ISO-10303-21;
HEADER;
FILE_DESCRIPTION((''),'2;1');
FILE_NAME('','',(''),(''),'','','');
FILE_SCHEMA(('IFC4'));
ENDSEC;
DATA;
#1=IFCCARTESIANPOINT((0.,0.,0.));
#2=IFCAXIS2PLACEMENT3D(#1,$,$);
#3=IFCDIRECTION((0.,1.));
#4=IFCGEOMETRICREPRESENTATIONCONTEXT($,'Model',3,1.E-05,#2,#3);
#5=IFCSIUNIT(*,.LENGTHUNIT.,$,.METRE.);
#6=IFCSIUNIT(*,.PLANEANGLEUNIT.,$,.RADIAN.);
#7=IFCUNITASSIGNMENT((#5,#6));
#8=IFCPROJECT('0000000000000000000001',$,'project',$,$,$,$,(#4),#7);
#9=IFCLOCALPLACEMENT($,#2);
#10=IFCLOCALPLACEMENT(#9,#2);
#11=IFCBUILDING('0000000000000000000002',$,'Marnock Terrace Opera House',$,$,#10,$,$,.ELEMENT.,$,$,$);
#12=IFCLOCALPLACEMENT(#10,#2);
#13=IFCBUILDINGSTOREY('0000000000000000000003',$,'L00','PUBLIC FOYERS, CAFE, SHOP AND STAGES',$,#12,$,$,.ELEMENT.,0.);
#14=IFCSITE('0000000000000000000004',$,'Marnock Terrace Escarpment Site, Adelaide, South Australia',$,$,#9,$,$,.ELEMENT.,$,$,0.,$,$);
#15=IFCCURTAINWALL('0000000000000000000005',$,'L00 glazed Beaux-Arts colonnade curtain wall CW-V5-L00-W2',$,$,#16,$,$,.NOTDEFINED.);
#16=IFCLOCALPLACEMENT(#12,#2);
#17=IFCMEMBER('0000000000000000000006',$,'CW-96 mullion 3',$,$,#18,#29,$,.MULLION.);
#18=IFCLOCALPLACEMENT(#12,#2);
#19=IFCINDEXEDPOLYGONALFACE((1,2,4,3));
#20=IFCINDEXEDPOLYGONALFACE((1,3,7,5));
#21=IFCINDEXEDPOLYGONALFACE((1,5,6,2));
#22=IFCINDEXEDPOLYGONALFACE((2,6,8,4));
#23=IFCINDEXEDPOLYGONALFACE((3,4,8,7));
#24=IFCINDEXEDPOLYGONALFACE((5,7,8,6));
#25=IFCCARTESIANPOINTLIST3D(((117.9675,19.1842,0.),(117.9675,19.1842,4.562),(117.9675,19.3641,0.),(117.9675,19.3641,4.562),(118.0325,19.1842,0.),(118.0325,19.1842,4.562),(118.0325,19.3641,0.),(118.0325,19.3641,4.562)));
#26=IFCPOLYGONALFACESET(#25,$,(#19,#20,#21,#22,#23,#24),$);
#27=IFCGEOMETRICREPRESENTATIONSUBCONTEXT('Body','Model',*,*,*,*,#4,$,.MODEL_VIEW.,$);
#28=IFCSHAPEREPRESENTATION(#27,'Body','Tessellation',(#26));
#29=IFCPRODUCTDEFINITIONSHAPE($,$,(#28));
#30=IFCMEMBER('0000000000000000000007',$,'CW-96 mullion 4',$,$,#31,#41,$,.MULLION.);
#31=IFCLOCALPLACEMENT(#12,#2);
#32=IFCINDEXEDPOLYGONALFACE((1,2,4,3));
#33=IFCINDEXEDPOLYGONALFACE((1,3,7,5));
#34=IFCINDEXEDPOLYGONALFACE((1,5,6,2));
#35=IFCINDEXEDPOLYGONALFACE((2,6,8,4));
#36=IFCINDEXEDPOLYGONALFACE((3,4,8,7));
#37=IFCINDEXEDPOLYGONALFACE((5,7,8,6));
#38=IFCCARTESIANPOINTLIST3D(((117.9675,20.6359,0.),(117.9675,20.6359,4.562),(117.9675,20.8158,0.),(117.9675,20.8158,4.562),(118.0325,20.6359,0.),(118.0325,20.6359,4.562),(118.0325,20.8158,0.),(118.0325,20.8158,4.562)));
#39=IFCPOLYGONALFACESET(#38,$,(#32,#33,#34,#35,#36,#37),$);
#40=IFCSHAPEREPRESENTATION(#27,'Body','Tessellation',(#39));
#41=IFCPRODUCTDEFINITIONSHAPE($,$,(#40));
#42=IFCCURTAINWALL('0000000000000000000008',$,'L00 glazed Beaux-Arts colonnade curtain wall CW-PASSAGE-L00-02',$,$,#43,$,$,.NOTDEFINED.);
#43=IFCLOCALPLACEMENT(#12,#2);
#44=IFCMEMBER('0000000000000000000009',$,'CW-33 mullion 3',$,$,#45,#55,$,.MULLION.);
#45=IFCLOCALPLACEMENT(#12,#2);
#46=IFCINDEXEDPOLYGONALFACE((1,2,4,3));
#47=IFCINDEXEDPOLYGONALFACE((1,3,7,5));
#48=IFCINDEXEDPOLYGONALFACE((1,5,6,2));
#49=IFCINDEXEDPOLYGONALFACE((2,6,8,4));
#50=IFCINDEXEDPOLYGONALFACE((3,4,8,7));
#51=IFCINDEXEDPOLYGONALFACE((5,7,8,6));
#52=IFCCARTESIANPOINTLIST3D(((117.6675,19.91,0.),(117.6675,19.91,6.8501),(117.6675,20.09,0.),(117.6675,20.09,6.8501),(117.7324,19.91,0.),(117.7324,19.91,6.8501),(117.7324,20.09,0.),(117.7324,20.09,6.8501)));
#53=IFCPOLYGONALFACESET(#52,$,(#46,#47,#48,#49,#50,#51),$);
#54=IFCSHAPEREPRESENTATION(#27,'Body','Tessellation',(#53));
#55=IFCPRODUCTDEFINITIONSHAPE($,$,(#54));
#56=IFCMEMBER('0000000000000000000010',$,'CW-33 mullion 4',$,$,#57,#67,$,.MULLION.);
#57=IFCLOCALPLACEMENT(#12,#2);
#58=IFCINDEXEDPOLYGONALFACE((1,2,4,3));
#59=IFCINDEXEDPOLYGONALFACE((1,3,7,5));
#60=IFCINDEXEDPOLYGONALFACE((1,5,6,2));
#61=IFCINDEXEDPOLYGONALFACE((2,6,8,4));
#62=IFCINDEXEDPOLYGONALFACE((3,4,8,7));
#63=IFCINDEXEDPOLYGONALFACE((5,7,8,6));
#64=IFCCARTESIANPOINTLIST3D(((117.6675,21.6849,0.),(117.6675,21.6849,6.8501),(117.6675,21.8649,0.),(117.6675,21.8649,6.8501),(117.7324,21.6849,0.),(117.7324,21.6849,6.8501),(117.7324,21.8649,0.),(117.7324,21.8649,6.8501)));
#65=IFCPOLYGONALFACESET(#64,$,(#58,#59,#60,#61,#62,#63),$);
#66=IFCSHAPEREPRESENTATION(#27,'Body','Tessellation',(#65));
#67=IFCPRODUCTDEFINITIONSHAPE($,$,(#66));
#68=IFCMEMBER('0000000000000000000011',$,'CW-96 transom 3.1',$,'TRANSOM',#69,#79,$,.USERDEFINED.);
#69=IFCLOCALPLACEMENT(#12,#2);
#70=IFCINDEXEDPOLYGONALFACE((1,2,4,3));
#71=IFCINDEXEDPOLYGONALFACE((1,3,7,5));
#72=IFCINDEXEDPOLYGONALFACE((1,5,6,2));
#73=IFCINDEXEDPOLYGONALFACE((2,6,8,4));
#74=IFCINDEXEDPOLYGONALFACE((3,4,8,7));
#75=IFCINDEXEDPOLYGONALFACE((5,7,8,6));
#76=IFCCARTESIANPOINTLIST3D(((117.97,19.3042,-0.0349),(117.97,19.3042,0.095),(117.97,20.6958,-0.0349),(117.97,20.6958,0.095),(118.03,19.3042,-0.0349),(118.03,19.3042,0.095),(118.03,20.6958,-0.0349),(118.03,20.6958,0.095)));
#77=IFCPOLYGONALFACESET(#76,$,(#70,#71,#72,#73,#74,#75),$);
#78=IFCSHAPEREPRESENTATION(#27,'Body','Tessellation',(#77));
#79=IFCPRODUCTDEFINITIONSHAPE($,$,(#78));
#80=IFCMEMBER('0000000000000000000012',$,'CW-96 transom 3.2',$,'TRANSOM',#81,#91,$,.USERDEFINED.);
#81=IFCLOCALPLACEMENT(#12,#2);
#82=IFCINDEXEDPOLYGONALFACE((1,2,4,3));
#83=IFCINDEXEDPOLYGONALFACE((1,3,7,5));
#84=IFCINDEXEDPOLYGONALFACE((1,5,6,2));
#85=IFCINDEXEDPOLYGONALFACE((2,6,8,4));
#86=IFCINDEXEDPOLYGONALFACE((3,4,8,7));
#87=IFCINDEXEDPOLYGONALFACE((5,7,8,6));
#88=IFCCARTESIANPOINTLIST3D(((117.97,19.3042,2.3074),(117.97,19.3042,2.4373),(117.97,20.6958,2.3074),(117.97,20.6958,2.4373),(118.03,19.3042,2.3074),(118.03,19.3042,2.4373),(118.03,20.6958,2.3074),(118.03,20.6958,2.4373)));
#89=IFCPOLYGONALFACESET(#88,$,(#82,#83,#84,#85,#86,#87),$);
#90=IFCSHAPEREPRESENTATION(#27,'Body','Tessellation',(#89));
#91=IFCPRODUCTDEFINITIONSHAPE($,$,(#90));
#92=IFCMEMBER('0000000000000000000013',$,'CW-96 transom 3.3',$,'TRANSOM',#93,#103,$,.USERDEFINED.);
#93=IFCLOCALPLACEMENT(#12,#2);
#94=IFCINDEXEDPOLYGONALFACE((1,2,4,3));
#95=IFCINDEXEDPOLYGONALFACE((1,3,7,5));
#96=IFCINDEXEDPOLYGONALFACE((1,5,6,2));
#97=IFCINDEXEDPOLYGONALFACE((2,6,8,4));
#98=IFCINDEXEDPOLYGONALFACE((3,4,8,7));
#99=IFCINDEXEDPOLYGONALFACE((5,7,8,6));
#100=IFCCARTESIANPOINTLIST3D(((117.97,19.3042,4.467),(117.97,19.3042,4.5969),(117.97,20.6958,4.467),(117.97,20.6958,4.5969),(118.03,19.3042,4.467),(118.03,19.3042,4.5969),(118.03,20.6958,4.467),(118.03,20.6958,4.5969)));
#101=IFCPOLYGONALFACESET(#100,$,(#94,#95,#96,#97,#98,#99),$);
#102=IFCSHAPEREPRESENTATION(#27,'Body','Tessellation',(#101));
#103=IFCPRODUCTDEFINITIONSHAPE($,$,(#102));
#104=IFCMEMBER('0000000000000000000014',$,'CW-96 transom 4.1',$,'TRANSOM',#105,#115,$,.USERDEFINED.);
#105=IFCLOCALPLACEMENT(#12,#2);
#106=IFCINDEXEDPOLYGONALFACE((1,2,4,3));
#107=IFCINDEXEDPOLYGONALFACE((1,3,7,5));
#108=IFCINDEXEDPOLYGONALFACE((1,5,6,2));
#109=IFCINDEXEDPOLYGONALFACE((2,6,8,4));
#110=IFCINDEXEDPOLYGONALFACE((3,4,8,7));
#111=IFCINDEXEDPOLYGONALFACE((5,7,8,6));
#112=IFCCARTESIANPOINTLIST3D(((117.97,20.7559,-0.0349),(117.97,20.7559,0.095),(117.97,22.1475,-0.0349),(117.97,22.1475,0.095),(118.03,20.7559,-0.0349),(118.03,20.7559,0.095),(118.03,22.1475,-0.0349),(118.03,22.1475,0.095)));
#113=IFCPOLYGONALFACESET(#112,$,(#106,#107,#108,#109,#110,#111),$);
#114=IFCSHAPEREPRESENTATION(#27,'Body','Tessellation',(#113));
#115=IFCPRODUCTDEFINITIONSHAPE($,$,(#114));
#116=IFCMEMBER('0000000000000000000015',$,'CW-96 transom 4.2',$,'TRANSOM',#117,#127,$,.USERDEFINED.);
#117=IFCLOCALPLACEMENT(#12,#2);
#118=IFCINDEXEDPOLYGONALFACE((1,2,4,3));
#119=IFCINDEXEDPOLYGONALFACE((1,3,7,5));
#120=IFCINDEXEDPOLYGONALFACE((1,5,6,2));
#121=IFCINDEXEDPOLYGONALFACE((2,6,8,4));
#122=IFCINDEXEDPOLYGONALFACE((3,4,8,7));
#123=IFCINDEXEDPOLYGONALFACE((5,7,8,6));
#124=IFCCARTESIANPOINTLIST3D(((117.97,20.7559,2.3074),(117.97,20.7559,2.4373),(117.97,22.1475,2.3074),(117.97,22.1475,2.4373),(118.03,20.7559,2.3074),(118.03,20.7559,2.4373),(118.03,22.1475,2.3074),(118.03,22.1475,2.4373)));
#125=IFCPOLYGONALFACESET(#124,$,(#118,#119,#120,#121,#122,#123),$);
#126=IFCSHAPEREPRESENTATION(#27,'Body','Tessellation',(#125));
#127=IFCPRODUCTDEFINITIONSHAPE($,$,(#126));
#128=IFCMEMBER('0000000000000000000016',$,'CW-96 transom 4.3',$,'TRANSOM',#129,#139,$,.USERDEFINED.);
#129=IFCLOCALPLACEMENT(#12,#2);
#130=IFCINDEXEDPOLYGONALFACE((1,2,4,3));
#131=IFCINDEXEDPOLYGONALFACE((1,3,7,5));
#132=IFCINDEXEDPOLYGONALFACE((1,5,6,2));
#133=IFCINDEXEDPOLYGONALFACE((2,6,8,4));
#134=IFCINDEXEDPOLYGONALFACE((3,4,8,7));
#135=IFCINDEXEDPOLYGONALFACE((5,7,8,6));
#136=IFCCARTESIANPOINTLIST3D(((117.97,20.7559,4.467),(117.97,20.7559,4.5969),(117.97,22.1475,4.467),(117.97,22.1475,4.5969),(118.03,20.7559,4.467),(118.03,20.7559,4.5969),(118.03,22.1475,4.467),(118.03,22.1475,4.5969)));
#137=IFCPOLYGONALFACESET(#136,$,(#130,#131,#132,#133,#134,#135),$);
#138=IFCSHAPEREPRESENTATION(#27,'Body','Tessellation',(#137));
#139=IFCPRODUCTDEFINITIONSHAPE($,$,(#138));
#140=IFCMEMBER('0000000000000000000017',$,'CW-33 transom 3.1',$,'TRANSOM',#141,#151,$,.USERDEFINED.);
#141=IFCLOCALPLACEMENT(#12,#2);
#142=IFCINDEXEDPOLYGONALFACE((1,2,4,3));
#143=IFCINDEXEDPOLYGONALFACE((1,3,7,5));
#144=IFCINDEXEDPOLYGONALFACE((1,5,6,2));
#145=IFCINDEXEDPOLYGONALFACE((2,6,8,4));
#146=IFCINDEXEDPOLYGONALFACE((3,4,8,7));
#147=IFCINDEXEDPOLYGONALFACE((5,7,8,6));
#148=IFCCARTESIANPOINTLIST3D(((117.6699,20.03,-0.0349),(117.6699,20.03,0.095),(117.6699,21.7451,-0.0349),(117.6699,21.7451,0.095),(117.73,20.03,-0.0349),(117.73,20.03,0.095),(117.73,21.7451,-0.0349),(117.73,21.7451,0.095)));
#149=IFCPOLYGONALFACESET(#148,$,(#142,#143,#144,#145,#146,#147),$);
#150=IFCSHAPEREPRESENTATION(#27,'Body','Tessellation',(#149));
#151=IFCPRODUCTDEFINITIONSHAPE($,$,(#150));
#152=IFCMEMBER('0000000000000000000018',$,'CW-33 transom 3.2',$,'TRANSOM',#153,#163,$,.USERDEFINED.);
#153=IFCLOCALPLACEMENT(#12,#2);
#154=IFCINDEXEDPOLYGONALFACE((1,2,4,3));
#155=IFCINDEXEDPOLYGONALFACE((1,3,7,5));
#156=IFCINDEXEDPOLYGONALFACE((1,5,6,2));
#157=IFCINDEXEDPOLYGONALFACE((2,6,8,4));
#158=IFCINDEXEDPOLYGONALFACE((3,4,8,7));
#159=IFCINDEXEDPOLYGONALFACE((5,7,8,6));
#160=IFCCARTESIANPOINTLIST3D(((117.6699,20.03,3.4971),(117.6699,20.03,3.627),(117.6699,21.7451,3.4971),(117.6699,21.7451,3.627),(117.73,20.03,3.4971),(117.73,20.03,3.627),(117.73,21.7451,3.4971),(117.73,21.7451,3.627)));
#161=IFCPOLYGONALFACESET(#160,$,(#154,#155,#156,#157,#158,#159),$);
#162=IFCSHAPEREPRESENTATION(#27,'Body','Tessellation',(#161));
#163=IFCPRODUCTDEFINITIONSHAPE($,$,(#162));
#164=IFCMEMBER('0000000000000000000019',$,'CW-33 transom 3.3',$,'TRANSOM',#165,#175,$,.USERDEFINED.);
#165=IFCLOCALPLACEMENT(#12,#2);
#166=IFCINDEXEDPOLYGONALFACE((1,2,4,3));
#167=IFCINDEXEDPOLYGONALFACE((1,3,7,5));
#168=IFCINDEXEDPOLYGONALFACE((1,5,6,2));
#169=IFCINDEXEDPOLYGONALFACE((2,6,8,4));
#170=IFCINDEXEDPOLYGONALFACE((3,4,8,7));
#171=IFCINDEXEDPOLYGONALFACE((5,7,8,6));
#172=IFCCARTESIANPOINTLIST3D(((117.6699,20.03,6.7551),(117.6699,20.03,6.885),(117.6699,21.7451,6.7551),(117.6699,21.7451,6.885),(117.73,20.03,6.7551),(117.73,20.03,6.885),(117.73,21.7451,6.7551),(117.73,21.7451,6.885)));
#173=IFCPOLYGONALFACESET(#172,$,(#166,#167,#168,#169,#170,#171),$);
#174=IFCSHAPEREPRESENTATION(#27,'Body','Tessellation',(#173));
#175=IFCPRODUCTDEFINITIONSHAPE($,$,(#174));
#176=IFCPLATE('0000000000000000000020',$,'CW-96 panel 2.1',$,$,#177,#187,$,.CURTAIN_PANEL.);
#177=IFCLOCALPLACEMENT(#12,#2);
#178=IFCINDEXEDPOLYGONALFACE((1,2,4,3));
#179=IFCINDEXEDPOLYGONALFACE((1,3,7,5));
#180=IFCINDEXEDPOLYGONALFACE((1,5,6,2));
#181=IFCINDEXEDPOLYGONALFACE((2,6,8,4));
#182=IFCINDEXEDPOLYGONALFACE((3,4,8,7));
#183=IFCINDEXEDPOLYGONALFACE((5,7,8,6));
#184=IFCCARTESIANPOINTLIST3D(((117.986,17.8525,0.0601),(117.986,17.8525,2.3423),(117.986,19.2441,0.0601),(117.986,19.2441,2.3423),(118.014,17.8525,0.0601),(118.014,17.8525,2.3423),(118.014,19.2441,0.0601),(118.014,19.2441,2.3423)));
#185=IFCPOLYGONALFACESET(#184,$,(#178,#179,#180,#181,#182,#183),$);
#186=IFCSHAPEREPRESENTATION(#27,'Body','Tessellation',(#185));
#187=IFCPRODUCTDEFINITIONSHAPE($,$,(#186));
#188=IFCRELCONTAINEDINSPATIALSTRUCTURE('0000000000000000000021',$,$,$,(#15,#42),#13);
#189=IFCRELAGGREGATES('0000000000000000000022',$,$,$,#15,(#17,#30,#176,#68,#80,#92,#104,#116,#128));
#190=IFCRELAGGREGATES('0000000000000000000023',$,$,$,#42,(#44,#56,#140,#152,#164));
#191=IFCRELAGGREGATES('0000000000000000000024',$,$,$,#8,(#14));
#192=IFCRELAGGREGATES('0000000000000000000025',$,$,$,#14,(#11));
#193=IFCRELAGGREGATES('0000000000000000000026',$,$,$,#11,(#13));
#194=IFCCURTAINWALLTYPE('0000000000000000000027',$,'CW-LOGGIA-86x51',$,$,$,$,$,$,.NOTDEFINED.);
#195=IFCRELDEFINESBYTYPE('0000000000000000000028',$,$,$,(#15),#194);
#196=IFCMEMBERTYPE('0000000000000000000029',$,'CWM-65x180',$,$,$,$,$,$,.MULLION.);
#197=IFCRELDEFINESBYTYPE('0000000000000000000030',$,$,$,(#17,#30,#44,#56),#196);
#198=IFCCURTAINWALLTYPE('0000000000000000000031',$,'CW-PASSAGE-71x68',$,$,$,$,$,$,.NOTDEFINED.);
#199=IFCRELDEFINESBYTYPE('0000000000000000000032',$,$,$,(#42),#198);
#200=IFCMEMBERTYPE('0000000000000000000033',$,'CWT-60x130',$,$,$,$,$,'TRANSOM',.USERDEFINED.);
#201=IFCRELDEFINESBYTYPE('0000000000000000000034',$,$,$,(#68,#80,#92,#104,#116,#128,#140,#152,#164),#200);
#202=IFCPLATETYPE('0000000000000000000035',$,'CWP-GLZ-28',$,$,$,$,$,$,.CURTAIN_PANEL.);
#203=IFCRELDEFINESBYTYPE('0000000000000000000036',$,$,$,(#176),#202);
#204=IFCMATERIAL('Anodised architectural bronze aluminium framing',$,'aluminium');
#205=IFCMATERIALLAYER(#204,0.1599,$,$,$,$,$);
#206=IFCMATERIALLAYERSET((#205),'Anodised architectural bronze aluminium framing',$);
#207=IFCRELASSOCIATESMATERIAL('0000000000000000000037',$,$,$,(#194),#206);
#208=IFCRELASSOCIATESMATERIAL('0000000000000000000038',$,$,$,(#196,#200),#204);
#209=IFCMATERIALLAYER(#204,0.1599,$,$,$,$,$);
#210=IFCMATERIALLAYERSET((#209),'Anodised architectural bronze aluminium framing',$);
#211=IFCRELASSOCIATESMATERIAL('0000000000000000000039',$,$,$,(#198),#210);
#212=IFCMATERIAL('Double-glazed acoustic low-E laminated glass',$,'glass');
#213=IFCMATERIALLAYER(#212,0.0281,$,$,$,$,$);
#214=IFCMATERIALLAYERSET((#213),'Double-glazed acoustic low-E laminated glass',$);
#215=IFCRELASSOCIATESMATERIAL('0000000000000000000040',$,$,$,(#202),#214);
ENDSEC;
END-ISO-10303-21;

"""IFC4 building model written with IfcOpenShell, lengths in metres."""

from ifc_helpers import new_model, si_unit, direction, frame, origin, origin_2d, place, context, subcontext, project, spatial, rectangle, extrude, material, layer, layer_set, material_profile, profile_set, type_object, element, aggregate, save


model = new_model("IFC4")

# Units and contexts
model_context = context("Model", 3, precision=1e-05, world=origin(), true_north=direction((0.0, 1.0)))
body_context = subcontext(model_context, "Body", "Model", "MODEL_VIEW")
ifc_project = project(units=[si_unit("LENGTHUNIT", "METRE"), si_unit("PLANEANGLEUNIT", "RADIAN")], contexts=[model_context])

# Site, building, storey
site_placement = place(None, origin())
site = spatial("IfcSite", under=ifc_project, at=site_placement, Name="Marnock Terrace Escarpment Site, Adelaide, South Australia", CompositionType="ELEMENT", RefElevation=0.0)
building_placement = place(site_placement, origin())
building = spatial("IfcBuilding", under=site, at=building_placement, Name="Marnock Terrace Opera House", CompositionType="ELEMENT")
storey_placement = place(building_placement, origin())
storey = spatial("IfcBuildingStorey", under=building, at=storey_placement, Name="L00", Description="PUBLIC FOYERS, CAFE, SHOP AND STAGES", CompositionType="ELEMENT", Elevation=0.0)

# Curtain walls, members
ifc_material_1 = material(Name="Anodised architectural bronze aluminium framing", Category="aluminium")
ifc_layer_1 = layer(ifc_material_1, 0.1599)
ifc_layer_set_1 = layer_set([ifc_layer_1], Name="Anodised architectural bronze aluminium framing")
curtain_wall_type_1 = type_object("IfcCurtainWallType", Name="CW-LOGGIA-86x51", PredefinedType="NOTDEFINED", material=ifc_layer_set_1)
curtain_wall_1_placement = place(storey_placement, origin())
curtain_wall_1 = element("IfcCurtainWall", 1, at=curtain_wall_1_placement, inside=storey, type_object=curtain_wall_type_1, Name="L00 glazed Beaux-Arts colonnade curtain wall CW-V5-L00-W2", PredefinedType="NOTDEFINED")
ifc_material_profile_1 = material_profile(ifc_material_1, rectangle(XDim=0.0649, YDim=0.1799, at=origin_2d()))
ifc_profile_set_1 = profile_set([ifc_material_profile_1], Name="Anodised architectural bronze aluminium framing")
member_type_1 = type_object("IfcMemberType", Name="CWM-65x180", PredefinedType="MULLION", material=ifc_profile_set_1)
member_1_placement = place(storey_placement, frame((118.0, 19.2742, 0.0), z_axis=(0.0, 0.0, 1.0), x_axis=(-1.0, 0.0, 0.0)))
member_1 = element("IfcMember", 2, at=member_1_placement, type_object=member_type_1, Name="CW-96 mullion 3", PredefinedType="MULLION", context=body_context, shape_type="SweptSolid", body=[
    extrude(rectangle(XDim=0.0649, YDim=0.1799, at=origin_2d()), origin(), (0.0, 0.0, 1.0), 4.562),
])
member_2_placement = place(storey_placement, frame((118.0, 20.7258, 0.0), z_axis=(0.0, 0.0, 1.0), x_axis=(-1.0, 0.0, 0.0)))
member_2 = element("IfcMember", 3, at=member_2_placement, type_object=member_type_1, Name="CW-96 mullion 4", PredefinedType="MULLION", context=body_context, shape_type="SweptSolid", body=[
    extrude(rectangle(XDim=0.0649, YDim=0.1799, at=origin_2d()), origin(), (0.0, 0.0, 1.0), 4.562),
])
ifc_layer_2 = layer(ifc_material_1, 0.1599)
ifc_layer_set_2 = layer_set([ifc_layer_2], Name="Anodised architectural bronze aluminium framing")
curtain_wall_type_2 = type_object("IfcCurtainWallType", Name="CW-PASSAGE-71x68", PredefinedType="NOTDEFINED", material=ifc_layer_set_2)
curtain_wall_2_placement = place(storey_placement, origin())
curtain_wall_2 = element("IfcCurtainWall", 4, at=curtain_wall_2_placement, inside=storey, type_object=curtain_wall_type_2, Name="L00 glazed Beaux-Arts colonnade curtain wall CW-PASSAGE-L00-02", PredefinedType="NOTDEFINED")
member_3_placement = place(storey_placement, frame((117.7, 20.0, 0.0), z_axis=(0.0, 0.0, 1.0), x_axis=(-1.0, 0.0, 0.0)))
member_3 = element("IfcMember", 5, at=member_3_placement, type_object=member_type_1, Name="CW-33 mullion 3", PredefinedType="MULLION", context=body_context, shape_type="SweptSolid", body=[
    extrude(rectangle(XDim=0.0649, YDim=0.1799, at=origin_2d()), origin(), (0.0, 0.0, 1.0), 6.8501),
])
member_4_placement = place(storey_placement, frame((117.7, 21.7749, 0.0), z_axis=(0.0, 0.0, 1.0), x_axis=(-1.0, 0.0, 0.0)))
member_4 = element("IfcMember", 6, at=member_4_placement, type_object=member_type_1, Name="CW-33 mullion 4", PredefinedType="MULLION", context=body_context, shape_type="SweptSolid", body=[
    extrude(rectangle(XDim=0.0649, YDim=0.1799, at=origin_2d()), origin(), (0.0, 0.0, 1.0), 6.8501),
])

# Members
ifc_material_profile_2 = material_profile(ifc_material_1, rectangle(XDim=0.0601, YDim=0.1299, at=origin_2d()))
ifc_profile_set_2 = profile_set([ifc_material_profile_2], Name="Anodised architectural bronze aluminium framing")
member_type_2 = type_object("IfcMemberType", Name="CWT-60x130", ElementType="TRANSOM", PredefinedType="USERDEFINED", material=ifc_profile_set_2)
member_5_placement = place(storey_placement, frame((118.0, 19.3042, 0.03), z_axis=(0.0, 1.0, 0.0), x_axis=(-1.0, 0.0, 0.0)))
member_5 = element("IfcMember", 7, at=member_5_placement, type_object=member_type_2, Name="CW-96 transom 3.1", ObjectType="TRANSOM", PredefinedType="USERDEFINED", context=body_context, shape_type="SweptSolid", body=[
    extrude(rectangle(XDim=0.0601, YDim=0.1299, at=origin_2d()), origin(), (0.0, 0.0, 1.0), 1.3916),
])
member_6_placement = place(storey_placement, frame((118.0, 19.3042, 2.3723), z_axis=(0.0, 1.0, 0.0), x_axis=(-1.0, 0.0, 0.0)))
member_6 = element("IfcMember", 8, at=member_6_placement, type_object=member_type_2, Name="CW-96 transom 3.2", ObjectType="TRANSOM", PredefinedType="USERDEFINED", context=body_context, shape_type="SweptSolid", body=[
    extrude(rectangle(XDim=0.0601, YDim=0.1299, at=origin_2d()), origin(), (0.0, 0.0, 1.0), 1.3916),
])
member_7_placement = place(storey_placement, frame((118.0, 19.3042, 4.532), z_axis=(0.0, 1.0, 0.0), x_axis=(-1.0, 0.0, 0.0)))
member_7 = element("IfcMember", 9, at=member_7_placement, type_object=member_type_2, Name="CW-96 transom 3.3", ObjectType="TRANSOM", PredefinedType="USERDEFINED", context=body_context, shape_type="SweptSolid", body=[
    extrude(rectangle(XDim=0.0601, YDim=0.1299, at=origin_2d()), origin(), (0.0, 0.0, 1.0), 1.3916),
])
member_8_placement = place(storey_placement, frame((118.0, 20.7559, 0.03), z_axis=(0.0, 1.0, 0.0), x_axis=(-1.0, 0.0, 0.0)))
member_8 = element("IfcMember", 10, at=member_8_placement, type_object=member_type_2, Name="CW-96 transom 4.1", ObjectType="TRANSOM", PredefinedType="USERDEFINED", context=body_context, shape_type="SweptSolid", body=[
    extrude(rectangle(XDim=0.0601, YDim=0.1299, at=origin_2d()), origin(), (0.0, 0.0, 1.0), 1.3916),
])
member_9_placement = place(storey_placement, frame((118.0, 20.7559, 2.3723), z_axis=(0.0, 1.0, 0.0), x_axis=(-1.0, 0.0, 0.0)))
member_9 = element("IfcMember", 11, at=member_9_placement, type_object=member_type_2, Name="CW-96 transom 4.2", ObjectType="TRANSOM", PredefinedType="USERDEFINED", context=body_context, shape_type="SweptSolid", body=[
    extrude(rectangle(XDim=0.0601, YDim=0.1299, at=origin_2d()), origin(), (0.0, 0.0, 1.0), 1.3916),
])
member_10_placement = place(storey_placement, frame((118.0, 20.7559, 4.532), z_axis=(0.0, 1.0, 0.0), x_axis=(-1.0, 0.0, 0.0)))
member_10 = element("IfcMember", 12, at=member_10_placement, type_object=member_type_2, Name="CW-96 transom 4.3", ObjectType="TRANSOM", PredefinedType="USERDEFINED", context=body_context, shape_type="SweptSolid", body=[
    extrude(rectangle(XDim=0.0601, YDim=0.1299, at=origin_2d()), origin(), (0.0, 0.0, 1.0), 1.3916),
])
member_11_placement = place(storey_placement, frame((117.7, 20.03, 0.03), z_axis=(0.0, 1.0, 0.0), x_axis=(-1.0, 0.0, 0.0)))
member_11 = element("IfcMember", 13, at=member_11_placement, type_object=member_type_2, Name="CW-33 transom 3.1", ObjectType="TRANSOM", PredefinedType="USERDEFINED", context=body_context, shape_type="SweptSolid", body=[
    extrude(rectangle(XDim=0.0601, YDim=0.1299, at=origin_2d()), origin(), (0.0, 0.0, 1.0), 1.7151),
])
member_12_placement = place(storey_placement, frame((117.7, 20.03, 3.562), z_axis=(0.0, 1.0, 0.0), x_axis=(-1.0, 0.0, 0.0)))
member_12 = element("IfcMember", 14, at=member_12_placement, type_object=member_type_2, Name="CW-33 transom 3.2", ObjectType="TRANSOM", PredefinedType="USERDEFINED", context=body_context, shape_type="SweptSolid", body=[
    extrude(rectangle(XDim=0.0601, YDim=0.1299, at=origin_2d()), origin(), (0.0, 0.0, 1.0), 1.7151),
])
member_13_placement = place(storey_placement, frame((117.7, 20.03, 6.8201), z_axis=(0.0, 1.0, 0.0), x_axis=(-1.0, 0.0, 0.0)))
member_13 = element("IfcMember", 15, at=member_13_placement, type_object=member_type_2, Name="CW-33 transom 3.3", ObjectType="TRANSOM", PredefinedType="USERDEFINED", context=body_context, shape_type="SweptSolid", body=[
    extrude(rectangle(XDim=0.0601, YDim=0.1299, at=origin_2d()), origin(), (0.0, 0.0, 1.0), 1.7151),
])

# Plate
ifc_material_2 = material(Name="Double-glazed acoustic low-E laminated glass", Category="glass")
ifc_layer_3 = layer(ifc_material_2, 0.0281)
ifc_layer_set_3 = layer_set([ifc_layer_3], Name="Double-glazed acoustic low-E laminated glass")
plate_type = type_object("IfcPlateType", Name="CWP-GLZ-28", PredefinedType="CURTAIN_PANEL", material=ifc_layer_set_3)
plate_1_placement = place(storey_placement, frame((118.0, 18.5483, 0.0601), z_axis=(0.0, 0.0, 1.0), x_axis=(0.0, 1.0, 0.0)))
plate_1 = element("IfcPlate", 16, at=plate_1_placement, type_object=plate_type, Name="CW-96 panel 2.1", PredefinedType="CURTAIN_PANEL", context=body_context, shape_type="SweptSolid", body=[
    extrude(rectangle(XDim=1.3916, YDim=0.0281, at=origin_2d()), origin(), (0.0, 0.0, 1.0), 2.2822),
])
aggregate(curtain_wall_1, [member_1, member_2, plate_1, member_5, member_6, member_7, member_8, member_9, member_10])
aggregate(curtain_wall_2, [member_3, member_4, member_11, member_12, member_13])

save(model, "model.ifc")
